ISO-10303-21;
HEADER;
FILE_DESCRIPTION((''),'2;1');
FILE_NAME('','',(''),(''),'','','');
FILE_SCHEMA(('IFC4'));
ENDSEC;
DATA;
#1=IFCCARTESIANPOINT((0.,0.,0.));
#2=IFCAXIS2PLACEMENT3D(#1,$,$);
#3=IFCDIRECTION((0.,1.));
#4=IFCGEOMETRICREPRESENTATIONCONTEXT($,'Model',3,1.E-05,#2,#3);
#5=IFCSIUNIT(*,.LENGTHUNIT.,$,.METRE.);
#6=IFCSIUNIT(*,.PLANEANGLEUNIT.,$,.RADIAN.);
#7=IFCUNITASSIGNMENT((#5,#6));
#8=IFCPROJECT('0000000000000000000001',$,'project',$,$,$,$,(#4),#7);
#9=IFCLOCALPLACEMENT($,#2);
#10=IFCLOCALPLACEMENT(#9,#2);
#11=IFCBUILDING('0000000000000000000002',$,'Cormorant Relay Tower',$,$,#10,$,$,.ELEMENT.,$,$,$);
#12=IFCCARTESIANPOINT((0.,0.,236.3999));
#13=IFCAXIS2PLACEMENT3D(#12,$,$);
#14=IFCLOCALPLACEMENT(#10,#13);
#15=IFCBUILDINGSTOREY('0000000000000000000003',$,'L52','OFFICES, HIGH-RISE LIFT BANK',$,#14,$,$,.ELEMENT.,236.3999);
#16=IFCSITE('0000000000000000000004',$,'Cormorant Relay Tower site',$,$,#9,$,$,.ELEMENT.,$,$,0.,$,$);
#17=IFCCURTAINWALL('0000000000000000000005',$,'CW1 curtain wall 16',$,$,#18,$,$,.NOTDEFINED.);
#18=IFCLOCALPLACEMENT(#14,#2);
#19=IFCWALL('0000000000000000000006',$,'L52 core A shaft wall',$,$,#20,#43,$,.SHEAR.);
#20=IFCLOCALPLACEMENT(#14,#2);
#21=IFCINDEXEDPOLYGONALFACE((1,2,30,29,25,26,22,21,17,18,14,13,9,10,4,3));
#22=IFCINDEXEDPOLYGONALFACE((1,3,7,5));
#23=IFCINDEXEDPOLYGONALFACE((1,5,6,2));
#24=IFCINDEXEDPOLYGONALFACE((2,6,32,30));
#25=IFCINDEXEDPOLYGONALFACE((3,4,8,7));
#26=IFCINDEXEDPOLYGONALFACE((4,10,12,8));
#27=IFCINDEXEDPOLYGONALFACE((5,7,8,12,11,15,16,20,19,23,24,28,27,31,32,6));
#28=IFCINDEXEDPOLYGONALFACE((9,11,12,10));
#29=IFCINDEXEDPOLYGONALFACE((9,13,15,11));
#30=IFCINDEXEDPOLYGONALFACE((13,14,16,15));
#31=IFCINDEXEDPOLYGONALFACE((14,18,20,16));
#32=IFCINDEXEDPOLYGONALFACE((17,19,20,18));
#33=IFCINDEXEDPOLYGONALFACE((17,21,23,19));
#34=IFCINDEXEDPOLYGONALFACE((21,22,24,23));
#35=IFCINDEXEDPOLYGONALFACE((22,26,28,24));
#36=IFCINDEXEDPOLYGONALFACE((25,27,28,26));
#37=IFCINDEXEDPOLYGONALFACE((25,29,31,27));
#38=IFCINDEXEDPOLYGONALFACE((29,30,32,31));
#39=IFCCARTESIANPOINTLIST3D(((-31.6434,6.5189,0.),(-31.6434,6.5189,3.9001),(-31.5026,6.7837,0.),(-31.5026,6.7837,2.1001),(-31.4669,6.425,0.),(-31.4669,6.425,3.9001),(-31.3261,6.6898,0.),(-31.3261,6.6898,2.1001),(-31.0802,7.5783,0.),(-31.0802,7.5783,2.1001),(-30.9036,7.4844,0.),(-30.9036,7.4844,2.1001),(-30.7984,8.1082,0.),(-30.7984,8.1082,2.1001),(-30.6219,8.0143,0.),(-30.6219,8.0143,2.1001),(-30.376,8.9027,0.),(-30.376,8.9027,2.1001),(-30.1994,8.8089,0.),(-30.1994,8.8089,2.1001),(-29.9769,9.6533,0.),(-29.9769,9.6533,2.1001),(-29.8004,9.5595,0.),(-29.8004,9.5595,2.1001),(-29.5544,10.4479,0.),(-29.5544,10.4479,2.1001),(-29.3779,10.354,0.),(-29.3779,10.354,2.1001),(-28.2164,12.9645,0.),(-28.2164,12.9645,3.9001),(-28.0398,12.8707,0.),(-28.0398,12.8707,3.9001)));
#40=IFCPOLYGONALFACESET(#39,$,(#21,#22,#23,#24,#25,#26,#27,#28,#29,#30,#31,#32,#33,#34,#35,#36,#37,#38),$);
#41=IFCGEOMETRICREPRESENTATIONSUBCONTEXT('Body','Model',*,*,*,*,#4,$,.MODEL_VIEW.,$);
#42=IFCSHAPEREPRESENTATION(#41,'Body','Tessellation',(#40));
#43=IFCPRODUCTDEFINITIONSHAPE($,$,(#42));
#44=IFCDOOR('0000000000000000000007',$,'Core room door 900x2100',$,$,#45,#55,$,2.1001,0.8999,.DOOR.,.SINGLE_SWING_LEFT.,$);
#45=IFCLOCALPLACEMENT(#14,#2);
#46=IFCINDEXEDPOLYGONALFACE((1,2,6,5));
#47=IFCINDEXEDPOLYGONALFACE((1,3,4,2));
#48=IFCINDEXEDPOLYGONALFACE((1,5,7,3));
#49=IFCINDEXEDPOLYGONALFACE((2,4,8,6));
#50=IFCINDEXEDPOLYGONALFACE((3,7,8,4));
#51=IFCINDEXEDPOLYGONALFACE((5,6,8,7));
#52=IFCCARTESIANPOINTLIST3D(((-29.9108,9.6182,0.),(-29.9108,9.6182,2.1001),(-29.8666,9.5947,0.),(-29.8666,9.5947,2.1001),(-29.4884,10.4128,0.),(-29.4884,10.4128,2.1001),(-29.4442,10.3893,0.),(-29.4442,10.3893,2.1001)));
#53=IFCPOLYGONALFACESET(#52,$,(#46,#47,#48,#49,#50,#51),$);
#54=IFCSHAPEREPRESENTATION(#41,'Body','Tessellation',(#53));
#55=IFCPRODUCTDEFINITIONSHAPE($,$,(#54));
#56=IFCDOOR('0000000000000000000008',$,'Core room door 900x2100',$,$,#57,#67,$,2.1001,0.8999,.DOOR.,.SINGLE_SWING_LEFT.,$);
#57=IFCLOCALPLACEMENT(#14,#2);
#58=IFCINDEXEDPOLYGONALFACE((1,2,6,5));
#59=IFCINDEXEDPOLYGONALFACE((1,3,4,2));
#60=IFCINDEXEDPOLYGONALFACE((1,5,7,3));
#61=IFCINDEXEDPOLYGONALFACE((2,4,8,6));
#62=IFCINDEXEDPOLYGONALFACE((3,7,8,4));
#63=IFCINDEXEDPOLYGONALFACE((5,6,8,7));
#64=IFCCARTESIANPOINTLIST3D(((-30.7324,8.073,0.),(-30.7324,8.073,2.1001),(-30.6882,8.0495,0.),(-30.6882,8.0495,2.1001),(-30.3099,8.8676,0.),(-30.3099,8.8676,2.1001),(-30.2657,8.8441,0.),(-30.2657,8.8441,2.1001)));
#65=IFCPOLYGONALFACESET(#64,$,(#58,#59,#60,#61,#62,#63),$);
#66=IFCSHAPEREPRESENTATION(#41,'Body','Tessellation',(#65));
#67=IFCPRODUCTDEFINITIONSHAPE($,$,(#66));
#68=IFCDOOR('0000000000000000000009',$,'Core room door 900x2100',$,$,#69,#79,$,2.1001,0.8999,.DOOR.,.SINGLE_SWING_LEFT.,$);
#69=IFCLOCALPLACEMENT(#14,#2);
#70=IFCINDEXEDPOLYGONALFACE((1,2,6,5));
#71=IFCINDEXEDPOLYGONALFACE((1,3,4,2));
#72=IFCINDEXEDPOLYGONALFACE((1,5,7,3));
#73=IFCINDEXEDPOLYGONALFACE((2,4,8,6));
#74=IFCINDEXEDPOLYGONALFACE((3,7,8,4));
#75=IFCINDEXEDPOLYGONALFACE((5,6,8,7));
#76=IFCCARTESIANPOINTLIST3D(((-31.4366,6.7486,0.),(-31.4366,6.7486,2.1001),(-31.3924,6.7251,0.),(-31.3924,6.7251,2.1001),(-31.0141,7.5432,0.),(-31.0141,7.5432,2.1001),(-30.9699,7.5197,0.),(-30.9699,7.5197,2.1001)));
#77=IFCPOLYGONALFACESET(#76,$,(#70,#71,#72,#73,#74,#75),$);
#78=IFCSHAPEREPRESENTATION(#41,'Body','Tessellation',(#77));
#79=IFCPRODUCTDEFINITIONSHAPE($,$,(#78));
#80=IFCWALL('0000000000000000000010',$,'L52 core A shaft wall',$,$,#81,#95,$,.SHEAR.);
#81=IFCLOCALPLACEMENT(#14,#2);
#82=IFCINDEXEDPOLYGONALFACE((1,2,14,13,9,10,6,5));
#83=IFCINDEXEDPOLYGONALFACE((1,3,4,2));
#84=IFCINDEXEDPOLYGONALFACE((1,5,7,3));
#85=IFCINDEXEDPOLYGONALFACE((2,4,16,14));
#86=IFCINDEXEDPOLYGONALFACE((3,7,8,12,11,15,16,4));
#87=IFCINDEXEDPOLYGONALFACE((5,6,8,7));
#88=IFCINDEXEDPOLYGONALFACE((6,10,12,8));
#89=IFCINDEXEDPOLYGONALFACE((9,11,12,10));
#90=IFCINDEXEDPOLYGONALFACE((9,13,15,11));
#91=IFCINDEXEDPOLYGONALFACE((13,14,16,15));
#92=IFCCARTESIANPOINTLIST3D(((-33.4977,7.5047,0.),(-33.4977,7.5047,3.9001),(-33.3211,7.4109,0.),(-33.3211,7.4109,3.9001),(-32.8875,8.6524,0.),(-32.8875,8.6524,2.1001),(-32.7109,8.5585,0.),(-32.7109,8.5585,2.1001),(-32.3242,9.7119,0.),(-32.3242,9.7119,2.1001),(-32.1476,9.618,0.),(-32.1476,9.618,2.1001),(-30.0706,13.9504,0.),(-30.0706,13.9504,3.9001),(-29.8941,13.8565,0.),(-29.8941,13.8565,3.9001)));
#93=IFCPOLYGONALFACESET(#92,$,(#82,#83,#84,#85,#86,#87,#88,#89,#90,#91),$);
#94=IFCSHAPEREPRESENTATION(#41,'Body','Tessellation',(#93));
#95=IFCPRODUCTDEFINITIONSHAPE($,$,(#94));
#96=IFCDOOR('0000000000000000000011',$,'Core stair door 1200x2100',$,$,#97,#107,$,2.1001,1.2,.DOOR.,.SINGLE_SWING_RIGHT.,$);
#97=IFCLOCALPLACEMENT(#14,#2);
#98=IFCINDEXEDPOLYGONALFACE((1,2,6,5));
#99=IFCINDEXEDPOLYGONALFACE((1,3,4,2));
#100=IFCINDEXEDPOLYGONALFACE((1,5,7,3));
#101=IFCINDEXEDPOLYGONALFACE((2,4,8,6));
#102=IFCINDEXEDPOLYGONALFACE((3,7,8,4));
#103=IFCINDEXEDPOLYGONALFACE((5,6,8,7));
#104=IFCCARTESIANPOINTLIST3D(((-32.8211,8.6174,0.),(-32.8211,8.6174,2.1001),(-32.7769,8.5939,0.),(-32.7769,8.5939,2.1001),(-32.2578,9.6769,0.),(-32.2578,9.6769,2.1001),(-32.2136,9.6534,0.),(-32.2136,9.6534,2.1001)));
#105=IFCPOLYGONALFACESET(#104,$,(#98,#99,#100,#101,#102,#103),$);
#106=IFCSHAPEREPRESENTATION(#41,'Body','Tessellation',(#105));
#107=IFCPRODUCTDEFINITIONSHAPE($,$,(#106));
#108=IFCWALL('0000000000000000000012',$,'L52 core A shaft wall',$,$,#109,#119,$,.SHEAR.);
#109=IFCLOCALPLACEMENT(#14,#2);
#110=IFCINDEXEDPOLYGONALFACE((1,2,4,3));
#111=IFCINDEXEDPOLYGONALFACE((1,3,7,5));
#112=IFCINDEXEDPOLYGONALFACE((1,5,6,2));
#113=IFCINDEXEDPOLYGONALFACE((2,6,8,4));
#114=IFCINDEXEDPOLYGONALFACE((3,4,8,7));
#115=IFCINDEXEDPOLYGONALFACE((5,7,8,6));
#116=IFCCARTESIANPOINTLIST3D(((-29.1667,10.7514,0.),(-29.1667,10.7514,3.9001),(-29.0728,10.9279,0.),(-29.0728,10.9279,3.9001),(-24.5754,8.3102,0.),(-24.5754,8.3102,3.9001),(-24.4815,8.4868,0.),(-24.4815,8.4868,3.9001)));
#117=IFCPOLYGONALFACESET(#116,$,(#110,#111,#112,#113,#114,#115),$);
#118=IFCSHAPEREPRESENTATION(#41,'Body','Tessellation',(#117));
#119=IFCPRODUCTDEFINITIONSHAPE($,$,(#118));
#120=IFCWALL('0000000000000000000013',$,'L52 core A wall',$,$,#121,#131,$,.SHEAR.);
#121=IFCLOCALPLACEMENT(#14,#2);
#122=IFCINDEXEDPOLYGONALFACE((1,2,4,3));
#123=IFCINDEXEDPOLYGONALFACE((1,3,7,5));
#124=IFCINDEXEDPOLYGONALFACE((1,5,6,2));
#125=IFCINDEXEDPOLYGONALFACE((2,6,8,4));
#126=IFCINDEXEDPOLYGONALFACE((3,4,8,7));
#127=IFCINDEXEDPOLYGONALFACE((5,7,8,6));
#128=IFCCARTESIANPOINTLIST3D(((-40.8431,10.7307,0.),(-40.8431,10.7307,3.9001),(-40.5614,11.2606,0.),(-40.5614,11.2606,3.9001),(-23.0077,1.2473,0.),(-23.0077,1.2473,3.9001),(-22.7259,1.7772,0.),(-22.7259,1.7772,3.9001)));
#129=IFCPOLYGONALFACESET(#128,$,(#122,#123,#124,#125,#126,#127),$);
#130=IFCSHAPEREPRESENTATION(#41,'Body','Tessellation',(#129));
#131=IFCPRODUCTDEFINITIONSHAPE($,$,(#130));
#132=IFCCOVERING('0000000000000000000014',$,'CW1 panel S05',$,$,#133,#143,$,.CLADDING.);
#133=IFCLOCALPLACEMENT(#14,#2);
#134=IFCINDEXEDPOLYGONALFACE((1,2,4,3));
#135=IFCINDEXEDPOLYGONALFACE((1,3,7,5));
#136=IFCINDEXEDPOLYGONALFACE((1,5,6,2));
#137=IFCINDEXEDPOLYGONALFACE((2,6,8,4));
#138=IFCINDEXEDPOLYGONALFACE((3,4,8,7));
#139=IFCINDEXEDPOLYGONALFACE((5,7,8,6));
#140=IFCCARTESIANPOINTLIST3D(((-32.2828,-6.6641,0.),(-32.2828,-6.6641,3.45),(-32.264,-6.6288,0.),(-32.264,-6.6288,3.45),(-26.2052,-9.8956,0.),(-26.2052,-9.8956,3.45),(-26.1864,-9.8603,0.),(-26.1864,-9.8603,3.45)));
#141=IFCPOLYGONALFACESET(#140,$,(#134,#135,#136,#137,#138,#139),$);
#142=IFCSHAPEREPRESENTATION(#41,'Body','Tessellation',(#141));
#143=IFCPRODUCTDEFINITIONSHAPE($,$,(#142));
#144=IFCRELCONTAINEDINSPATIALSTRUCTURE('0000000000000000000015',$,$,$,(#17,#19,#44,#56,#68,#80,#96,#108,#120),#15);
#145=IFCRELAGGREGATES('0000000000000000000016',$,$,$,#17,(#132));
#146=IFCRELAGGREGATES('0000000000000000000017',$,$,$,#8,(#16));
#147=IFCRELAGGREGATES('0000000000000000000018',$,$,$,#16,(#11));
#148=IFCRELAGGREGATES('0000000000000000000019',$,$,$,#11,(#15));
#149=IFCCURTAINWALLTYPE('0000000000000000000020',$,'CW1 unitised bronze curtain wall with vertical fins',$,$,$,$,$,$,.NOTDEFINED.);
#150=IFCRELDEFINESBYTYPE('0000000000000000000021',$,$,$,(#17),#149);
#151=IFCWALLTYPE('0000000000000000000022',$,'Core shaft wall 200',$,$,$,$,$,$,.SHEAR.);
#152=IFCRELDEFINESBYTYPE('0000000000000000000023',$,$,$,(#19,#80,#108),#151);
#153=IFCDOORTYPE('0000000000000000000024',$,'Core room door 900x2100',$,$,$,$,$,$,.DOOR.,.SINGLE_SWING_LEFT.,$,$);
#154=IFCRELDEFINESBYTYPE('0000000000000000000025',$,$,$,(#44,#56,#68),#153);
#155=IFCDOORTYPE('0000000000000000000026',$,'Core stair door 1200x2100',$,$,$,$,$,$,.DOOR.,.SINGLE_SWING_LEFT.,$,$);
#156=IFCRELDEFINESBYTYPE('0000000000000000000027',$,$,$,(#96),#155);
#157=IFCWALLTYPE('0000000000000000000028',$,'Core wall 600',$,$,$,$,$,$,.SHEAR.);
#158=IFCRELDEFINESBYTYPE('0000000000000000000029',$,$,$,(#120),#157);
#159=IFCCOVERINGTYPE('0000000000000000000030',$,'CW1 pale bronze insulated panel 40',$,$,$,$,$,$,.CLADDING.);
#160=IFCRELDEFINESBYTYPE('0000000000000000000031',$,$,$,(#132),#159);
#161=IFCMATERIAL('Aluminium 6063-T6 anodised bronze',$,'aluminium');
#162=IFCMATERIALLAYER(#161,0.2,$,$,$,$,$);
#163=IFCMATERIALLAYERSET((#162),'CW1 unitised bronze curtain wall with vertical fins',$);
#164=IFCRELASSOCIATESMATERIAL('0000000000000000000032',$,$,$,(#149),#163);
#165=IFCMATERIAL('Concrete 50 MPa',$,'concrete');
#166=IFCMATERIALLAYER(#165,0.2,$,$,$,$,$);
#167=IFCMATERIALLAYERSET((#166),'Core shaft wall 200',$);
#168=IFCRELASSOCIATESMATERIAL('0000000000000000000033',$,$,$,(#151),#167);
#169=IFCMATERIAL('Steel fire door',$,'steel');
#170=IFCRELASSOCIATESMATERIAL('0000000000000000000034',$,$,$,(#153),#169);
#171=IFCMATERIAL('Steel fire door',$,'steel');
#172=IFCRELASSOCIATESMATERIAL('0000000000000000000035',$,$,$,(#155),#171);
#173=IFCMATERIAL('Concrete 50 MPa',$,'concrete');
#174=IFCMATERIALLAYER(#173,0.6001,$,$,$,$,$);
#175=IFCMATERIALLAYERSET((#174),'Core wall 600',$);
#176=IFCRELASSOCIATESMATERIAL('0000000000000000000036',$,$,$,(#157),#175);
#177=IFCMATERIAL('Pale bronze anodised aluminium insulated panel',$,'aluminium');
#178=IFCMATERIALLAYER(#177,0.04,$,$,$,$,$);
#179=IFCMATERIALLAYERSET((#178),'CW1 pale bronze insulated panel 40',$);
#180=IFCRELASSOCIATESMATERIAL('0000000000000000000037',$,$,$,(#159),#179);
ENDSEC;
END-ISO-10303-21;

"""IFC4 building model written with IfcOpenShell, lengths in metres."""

from ifc_helpers import new_model, si_unit, direction, frame, frame_2d, origin, origin_2d, place, context, subcontext, project, spatial, rectangle, extrude, material, layer, layer_set, type_object, element, fill, aggregate, save


model = new_model("IFC4")

# Units and contexts
model_context = context("Model", 3, precision=1e-05, world=origin(), true_north=direction((0.0, 1.0)))
body_context = subcontext(model_context, "Body", "Model", "MODEL_VIEW")
ifc_project = project(units=[si_unit("LENGTHUNIT", "METRE"), si_unit("PLANEANGLEUNIT", "RADIAN")], contexts=[model_context])

# Site, building, storey
site_placement = place(None, origin())
site = spatial("IfcSite", under=ifc_project, at=site_placement, Name="Cormorant Relay Tower site", CompositionType="ELEMENT", RefElevation=0.0)
building_placement = place(site_placement, origin())
building = spatial("IfcBuilding", under=site, at=building_placement, Name="Cormorant Relay Tower", CompositionType="ELEMENT")
storey_placement = place(building_placement, frame((0.0, 0.0, 236.3999)))
storey = spatial("IfcBuildingStorey", under=building, at=storey_placement, Name="L52", Description="OFFICES, HIGH-RISE LIFT BANK", CompositionType="ELEMENT", Elevation=236.3999)

# Curtain wall
ifc_material_1 = material(Name="Aluminium 6063-T6 anodised bronze", Category="aluminium")
ifc_layer_1 = layer(ifc_material_1, 0.2)
ifc_layer_set_1 = layer_set([ifc_layer_1], Name="CW1 unitised bronze curtain wall with vertical fins")
curtain_wall_type = type_object("IfcCurtainWallType", Name="CW1 unitised bronze curtain wall with vertical fins", PredefinedType="NOTDEFINED", material=ifc_layer_set_1)
curtain_wall_placement = place(storey_placement, origin())
curtain_wall = element("IfcCurtainWall", 1, at=curtain_wall_placement, inside=storey, type_object=curtain_wall_type, Name="CW1 curtain wall 16", PredefinedType="NOTDEFINED")

# Shared definitions
ifc_material_2 = material(Name="Concrete 50 MPa", Category="concrete")
ifc_layer_2 = layer(ifc_material_2, 0.2)
ifc_layer_set_2 = layer_set([ifc_layer_2], Name="Core shaft wall 200")
wall_type_1 = type_object("IfcWallType", Name="Core shaft wall 200", PredefinedType="SHEAR", material=ifc_layer_set_2)

# Wall, openings, doors
wall_1_placement = place(storey_placement, frame((-28.1282, 12.9175, 0.0), z_axis=(0.0, 0.0, 1.0), x_axis=(-0.469454, -0.882957, 0.0)))
wall_1 = element("IfcWall", 2, at=wall_1_placement, inside=storey, type_object=wall_type_1, Name="L52 core A shaft wall", PredefinedType="SHEAR", context=body_context, shape_type="SweptSolid", body=[
    extrude(rectangle(XDim=7.3, YDim=0.2, at=frame_2d((3.6499, 0.0))), origin(), (0.0, 0.0, 1.0), 3.9001),
])
opening_1_placement = place(wall_1_placement, frame((2.8501, 0.0, 0.0)))
opening_1 = element("IfcOpeningElement", 3, at=opening_1_placement, cuts=wall_1, PredefinedType="OPENING", context=body_context, shape_type="SweptSolid", body=[
    extrude(rectangle(XDim=0.8999, YDim=2.1001, at=frame_2d((0.45, 1.05))), frame((0.0, 0.1099, 0.0), z_axis=(0.0, -1.0, 0.0), x_axis=(1.0, 0.0, 0.0)), (0.0, 0.0, 1.0), 0.22),
])
opening_2_placement = place(wall_1_placement, frame((4.6001, 0.0, 0.0)))
opening_2 = element("IfcOpeningElement", 4, at=opening_2_placement, cuts=wall_1, PredefinedType="OPENING", context=body_context, shape_type="SweptSolid", body=[
    extrude(rectangle(XDim=0.8999, YDim=2.1001, at=frame_2d((0.45, 1.05))), frame((0.0, 0.1099, 0.0), z_axis=(0.0, -1.0, 0.0), x_axis=(1.0, 0.0, 0.0)), (0.0, 0.0, 1.0), 0.22),
])
opening_3_placement = place(wall_1_placement, frame((6.1001, 0.0, 0.0)))
opening_3 = element("IfcOpeningElement", 5, at=opening_3_placement, cuts=wall_1, PredefinedType="OPENING", context=body_context, shape_type="SweptSolid", body=[
    extrude(rectangle(XDim=0.8999, YDim=2.1001, at=frame_2d((0.45, 1.05))), frame((0.0, 0.1099, 0.0), z_axis=(0.0, -1.0, 0.0), x_axis=(1.0, 0.0, 0.0)), (0.0, 0.0, 1.0), 0.22),
])
ifc_material_3 = material(Name="Steel fire door", Category="steel")
door_type_1 = type_object("IfcDoorType", Name="Core room door 900x2100", OperationType="SINGLE_SWING_LEFT", PredefinedType="DOOR", material=ifc_material_3)
door_1_placement = place(opening_1_placement, origin())
door_1 = element("IfcDoor", 6, at=door_1_placement, inside=storey, type_object=door_type_1, Name="Core room door 900x2100", OperationType="SINGLE_SWING_LEFT", OverallHeight=2.1001, OverallWidth=0.8999, PredefinedType="DOOR", context=body_context, shape_type="SweptSolid", body=[
    extrude(rectangle(XDim=0.8999, YDim=2.1001, at=frame_2d((0.45, 1.05))), frame((0.0, 0.0249, 0.0), z_axis=(0.0, -1.0, 0.0), x_axis=(1.0, 0.0, 0.0)), (0.0, 0.0, 1.0), 0.05),
])
fill(opening_1, door_1)
door_2_placement = place(opening_2_placement, origin())
door_2 = element("IfcDoor", 7, at=door_2_placement, inside=storey, type_object=door_type_1, Name="Core room door 900x2100", OperationType="SINGLE_SWING_LEFT", OverallHeight=2.1001, OverallWidth=0.8999, PredefinedType="DOOR", context=body_context, shape_type="SweptSolid", body=[
    extrude(rectangle(XDim=0.8999, YDim=2.1001, at=frame_2d((0.45, 1.05))), frame((0.0, 0.0249, 0.0), z_axis=(0.0, -1.0, 0.0), x_axis=(1.0, 0.0, 0.0)), (0.0, 0.0, 1.0), 0.05),
])
fill(opening_2, door_2)
door_3_placement = place(opening_3_placement, origin())
door_3 = element("IfcDoor", 8, at=door_3_placement, inside=storey, type_object=door_type_1, Name="Core room door 900x2100", OperationType="SINGLE_SWING_LEFT", OverallHeight=2.1001, OverallWidth=0.8999, PredefinedType="DOOR", context=body_context, shape_type="SweptSolid", body=[
    extrude(rectangle(XDim=0.8999, YDim=2.1001, at=frame_2d((0.45, 1.05))), frame((0.0, 0.0249, 0.0), z_axis=(0.0, -1.0, 0.0), x_axis=(1.0, 0.0, 0.0)), (0.0, 0.0, 1.0), 0.05),
])
fill(opening_3, door_3)

# Wall, opening, door
wall_2_placement = place(storey_placement, frame((-29.9824, 13.9033, 0.0), z_axis=(0.0, 0.0, 1.0), x_axis=(-0.469454, -0.882957, 0.0)))
wall_2 = element("IfcWall", 9, at=wall_2_placement, inside=storey, type_object=wall_type_1, Name="L52 core A shaft wall", PredefinedType="SHEAR", context=body_context, shape_type="SweptSolid", body=[
    extrude(rectangle(XDim=7.3, YDim=0.2, at=frame_2d((3.6499, 0.0))), origin(), (0.0, 0.0, 1.0), 3.9001),
])
opening_4_placement = place(wall_2_placement, frame((4.8, 0.0, 0.0)))
opening_4 = element("IfcOpeningElement", 10, at=opening_4_placement, cuts=wall_2, PredefinedType="OPENING", context=body_context, shape_type="SweptSolid", body=[
    extrude(rectangle(XDim=1.2, YDim=2.1001, at=frame_2d((0.6001, 1.05))), frame((0.0, 0.1099, 0.0), z_axis=(0.0, -1.0, 0.0), x_axis=(1.0, 0.0, 0.0)), (0.0, 0.0, 1.0), 0.22),
])
ifc_material_4 = material(Name="Steel fire door", Category="steel")
door_type_2 = type_object("IfcDoorType", Name="Core stair door 1200x2100", OperationType="SINGLE_SWING_LEFT", PredefinedType="DOOR", material=ifc_material_4)
door_4_placement = place(opening_4_placement, frame((1.2, 0.0, 0.0), z_axis=(0.0, 0.0, 1.0), x_axis=(-1.0, 0.0, 0.0)))
door_4 = element("IfcDoor", 11, at=door_4_placement, inside=storey, type_object=door_type_2, Name="Core stair door 1200x2100", OperationType="SINGLE_SWING_RIGHT", OverallHeight=2.1001, OverallWidth=1.2, PredefinedType="DOOR", context=body_context, shape_type="SweptSolid", body=[
    extrude(rectangle(XDim=1.2, YDim=2.1001, at=frame_2d((0.6001, 1.05))), frame((0.0, 0.0249, 0.0), z_axis=(0.0, -1.0, 0.0), x_axis=(1.0, 0.0, 0.0)), (0.0, 0.0, 1.0), 0.05),
])
fill(opening_4, door_4)

# Walls
wall_3_placement = place(storey_placement, frame((-24.5283, 8.3984, 0.0), z_axis=(0.0, 0.0, 1.0), x_axis=(-0.882954, 0.46946, 0.0)))
element("IfcWall", 12, at=wall_3_placement, inside=storey, type_object=wall_type_1, Name="L52 core A shaft wall", PredefinedType="SHEAR", context=body_context, shape_type="SweptSolid", body=[
    extrude(rectangle(XDim=5.2, YDim=0.2, at=frame_2d((2.6001, 0.0))), origin(), (0.0, 0.0, 1.0), 3.9001),
])
ifc_material_5 = material(Name="Concrete 50 MPa", Category="concrete")
ifc_layer_3 = layer(ifc_material_5, 0.6001)
ifc_layer_set_3 = layer_set([ifc_layer_3], Name="Core wall 600")
wall_type_2 = type_object("IfcWallType", Name="Core wall 600", PredefinedType="SHEAR", material=ifc_layer_set_3)
wall_4_placement = place(storey_placement, frame((-22.8667, 1.5122, 0.0), z_axis=(0.0, 0.0, 1.0), x_axis=(-0.882945, 0.469476, 0.0)))
element("IfcWall", 13, at=wall_4_placement, inside=storey, type_object=wall_type_2, Name="L52 core A wall", PredefinedType="SHEAR", context=body_context, shape_type="SweptSolid", body=[
    extrude(rectangle(XDim=20.2, YDim=0.6001, at=frame_2d((10.1001, 0.0))), origin(), (0.0, 0.0, 1.0), 3.9001),
])

# Covering
ifc_material_6 = material(Name="Pale bronze anodised aluminium insulated panel", Category="aluminium")
ifc_layer_4 = layer(ifc_material_6, 0.04)
ifc_layer_set_4 = layer_set([ifc_layer_4], Name="CW1 pale bronze insulated panel 40")
covering_type = type_object("IfcCoveringType", Name="CW1 pale bronze insulated panel 40", PredefinedType="CLADDING", material=ifc_layer_set_4)
covering_placement = place(storey_placement, frame((-29.2346, -8.2622, 0.0), z_axis=(0.0, 0.0, 1.0), x_axis=(0.882948, -0.469472, 0.0)))
covering = element("IfcCovering", 14, at=covering_placement, type_object=covering_type, Name="CW1 panel S05", PredefinedType="CLADDING", context=body_context, shape_type="SweptSolid", body=[
    extrude(rectangle(XDim=6.8833, YDim=0.04, at=origin_2d()), origin(), (0.0, 0.0, 1.0), 3.45),
])
aggregate(curtain_wall, [covering])

save(model, "model.ifc")
